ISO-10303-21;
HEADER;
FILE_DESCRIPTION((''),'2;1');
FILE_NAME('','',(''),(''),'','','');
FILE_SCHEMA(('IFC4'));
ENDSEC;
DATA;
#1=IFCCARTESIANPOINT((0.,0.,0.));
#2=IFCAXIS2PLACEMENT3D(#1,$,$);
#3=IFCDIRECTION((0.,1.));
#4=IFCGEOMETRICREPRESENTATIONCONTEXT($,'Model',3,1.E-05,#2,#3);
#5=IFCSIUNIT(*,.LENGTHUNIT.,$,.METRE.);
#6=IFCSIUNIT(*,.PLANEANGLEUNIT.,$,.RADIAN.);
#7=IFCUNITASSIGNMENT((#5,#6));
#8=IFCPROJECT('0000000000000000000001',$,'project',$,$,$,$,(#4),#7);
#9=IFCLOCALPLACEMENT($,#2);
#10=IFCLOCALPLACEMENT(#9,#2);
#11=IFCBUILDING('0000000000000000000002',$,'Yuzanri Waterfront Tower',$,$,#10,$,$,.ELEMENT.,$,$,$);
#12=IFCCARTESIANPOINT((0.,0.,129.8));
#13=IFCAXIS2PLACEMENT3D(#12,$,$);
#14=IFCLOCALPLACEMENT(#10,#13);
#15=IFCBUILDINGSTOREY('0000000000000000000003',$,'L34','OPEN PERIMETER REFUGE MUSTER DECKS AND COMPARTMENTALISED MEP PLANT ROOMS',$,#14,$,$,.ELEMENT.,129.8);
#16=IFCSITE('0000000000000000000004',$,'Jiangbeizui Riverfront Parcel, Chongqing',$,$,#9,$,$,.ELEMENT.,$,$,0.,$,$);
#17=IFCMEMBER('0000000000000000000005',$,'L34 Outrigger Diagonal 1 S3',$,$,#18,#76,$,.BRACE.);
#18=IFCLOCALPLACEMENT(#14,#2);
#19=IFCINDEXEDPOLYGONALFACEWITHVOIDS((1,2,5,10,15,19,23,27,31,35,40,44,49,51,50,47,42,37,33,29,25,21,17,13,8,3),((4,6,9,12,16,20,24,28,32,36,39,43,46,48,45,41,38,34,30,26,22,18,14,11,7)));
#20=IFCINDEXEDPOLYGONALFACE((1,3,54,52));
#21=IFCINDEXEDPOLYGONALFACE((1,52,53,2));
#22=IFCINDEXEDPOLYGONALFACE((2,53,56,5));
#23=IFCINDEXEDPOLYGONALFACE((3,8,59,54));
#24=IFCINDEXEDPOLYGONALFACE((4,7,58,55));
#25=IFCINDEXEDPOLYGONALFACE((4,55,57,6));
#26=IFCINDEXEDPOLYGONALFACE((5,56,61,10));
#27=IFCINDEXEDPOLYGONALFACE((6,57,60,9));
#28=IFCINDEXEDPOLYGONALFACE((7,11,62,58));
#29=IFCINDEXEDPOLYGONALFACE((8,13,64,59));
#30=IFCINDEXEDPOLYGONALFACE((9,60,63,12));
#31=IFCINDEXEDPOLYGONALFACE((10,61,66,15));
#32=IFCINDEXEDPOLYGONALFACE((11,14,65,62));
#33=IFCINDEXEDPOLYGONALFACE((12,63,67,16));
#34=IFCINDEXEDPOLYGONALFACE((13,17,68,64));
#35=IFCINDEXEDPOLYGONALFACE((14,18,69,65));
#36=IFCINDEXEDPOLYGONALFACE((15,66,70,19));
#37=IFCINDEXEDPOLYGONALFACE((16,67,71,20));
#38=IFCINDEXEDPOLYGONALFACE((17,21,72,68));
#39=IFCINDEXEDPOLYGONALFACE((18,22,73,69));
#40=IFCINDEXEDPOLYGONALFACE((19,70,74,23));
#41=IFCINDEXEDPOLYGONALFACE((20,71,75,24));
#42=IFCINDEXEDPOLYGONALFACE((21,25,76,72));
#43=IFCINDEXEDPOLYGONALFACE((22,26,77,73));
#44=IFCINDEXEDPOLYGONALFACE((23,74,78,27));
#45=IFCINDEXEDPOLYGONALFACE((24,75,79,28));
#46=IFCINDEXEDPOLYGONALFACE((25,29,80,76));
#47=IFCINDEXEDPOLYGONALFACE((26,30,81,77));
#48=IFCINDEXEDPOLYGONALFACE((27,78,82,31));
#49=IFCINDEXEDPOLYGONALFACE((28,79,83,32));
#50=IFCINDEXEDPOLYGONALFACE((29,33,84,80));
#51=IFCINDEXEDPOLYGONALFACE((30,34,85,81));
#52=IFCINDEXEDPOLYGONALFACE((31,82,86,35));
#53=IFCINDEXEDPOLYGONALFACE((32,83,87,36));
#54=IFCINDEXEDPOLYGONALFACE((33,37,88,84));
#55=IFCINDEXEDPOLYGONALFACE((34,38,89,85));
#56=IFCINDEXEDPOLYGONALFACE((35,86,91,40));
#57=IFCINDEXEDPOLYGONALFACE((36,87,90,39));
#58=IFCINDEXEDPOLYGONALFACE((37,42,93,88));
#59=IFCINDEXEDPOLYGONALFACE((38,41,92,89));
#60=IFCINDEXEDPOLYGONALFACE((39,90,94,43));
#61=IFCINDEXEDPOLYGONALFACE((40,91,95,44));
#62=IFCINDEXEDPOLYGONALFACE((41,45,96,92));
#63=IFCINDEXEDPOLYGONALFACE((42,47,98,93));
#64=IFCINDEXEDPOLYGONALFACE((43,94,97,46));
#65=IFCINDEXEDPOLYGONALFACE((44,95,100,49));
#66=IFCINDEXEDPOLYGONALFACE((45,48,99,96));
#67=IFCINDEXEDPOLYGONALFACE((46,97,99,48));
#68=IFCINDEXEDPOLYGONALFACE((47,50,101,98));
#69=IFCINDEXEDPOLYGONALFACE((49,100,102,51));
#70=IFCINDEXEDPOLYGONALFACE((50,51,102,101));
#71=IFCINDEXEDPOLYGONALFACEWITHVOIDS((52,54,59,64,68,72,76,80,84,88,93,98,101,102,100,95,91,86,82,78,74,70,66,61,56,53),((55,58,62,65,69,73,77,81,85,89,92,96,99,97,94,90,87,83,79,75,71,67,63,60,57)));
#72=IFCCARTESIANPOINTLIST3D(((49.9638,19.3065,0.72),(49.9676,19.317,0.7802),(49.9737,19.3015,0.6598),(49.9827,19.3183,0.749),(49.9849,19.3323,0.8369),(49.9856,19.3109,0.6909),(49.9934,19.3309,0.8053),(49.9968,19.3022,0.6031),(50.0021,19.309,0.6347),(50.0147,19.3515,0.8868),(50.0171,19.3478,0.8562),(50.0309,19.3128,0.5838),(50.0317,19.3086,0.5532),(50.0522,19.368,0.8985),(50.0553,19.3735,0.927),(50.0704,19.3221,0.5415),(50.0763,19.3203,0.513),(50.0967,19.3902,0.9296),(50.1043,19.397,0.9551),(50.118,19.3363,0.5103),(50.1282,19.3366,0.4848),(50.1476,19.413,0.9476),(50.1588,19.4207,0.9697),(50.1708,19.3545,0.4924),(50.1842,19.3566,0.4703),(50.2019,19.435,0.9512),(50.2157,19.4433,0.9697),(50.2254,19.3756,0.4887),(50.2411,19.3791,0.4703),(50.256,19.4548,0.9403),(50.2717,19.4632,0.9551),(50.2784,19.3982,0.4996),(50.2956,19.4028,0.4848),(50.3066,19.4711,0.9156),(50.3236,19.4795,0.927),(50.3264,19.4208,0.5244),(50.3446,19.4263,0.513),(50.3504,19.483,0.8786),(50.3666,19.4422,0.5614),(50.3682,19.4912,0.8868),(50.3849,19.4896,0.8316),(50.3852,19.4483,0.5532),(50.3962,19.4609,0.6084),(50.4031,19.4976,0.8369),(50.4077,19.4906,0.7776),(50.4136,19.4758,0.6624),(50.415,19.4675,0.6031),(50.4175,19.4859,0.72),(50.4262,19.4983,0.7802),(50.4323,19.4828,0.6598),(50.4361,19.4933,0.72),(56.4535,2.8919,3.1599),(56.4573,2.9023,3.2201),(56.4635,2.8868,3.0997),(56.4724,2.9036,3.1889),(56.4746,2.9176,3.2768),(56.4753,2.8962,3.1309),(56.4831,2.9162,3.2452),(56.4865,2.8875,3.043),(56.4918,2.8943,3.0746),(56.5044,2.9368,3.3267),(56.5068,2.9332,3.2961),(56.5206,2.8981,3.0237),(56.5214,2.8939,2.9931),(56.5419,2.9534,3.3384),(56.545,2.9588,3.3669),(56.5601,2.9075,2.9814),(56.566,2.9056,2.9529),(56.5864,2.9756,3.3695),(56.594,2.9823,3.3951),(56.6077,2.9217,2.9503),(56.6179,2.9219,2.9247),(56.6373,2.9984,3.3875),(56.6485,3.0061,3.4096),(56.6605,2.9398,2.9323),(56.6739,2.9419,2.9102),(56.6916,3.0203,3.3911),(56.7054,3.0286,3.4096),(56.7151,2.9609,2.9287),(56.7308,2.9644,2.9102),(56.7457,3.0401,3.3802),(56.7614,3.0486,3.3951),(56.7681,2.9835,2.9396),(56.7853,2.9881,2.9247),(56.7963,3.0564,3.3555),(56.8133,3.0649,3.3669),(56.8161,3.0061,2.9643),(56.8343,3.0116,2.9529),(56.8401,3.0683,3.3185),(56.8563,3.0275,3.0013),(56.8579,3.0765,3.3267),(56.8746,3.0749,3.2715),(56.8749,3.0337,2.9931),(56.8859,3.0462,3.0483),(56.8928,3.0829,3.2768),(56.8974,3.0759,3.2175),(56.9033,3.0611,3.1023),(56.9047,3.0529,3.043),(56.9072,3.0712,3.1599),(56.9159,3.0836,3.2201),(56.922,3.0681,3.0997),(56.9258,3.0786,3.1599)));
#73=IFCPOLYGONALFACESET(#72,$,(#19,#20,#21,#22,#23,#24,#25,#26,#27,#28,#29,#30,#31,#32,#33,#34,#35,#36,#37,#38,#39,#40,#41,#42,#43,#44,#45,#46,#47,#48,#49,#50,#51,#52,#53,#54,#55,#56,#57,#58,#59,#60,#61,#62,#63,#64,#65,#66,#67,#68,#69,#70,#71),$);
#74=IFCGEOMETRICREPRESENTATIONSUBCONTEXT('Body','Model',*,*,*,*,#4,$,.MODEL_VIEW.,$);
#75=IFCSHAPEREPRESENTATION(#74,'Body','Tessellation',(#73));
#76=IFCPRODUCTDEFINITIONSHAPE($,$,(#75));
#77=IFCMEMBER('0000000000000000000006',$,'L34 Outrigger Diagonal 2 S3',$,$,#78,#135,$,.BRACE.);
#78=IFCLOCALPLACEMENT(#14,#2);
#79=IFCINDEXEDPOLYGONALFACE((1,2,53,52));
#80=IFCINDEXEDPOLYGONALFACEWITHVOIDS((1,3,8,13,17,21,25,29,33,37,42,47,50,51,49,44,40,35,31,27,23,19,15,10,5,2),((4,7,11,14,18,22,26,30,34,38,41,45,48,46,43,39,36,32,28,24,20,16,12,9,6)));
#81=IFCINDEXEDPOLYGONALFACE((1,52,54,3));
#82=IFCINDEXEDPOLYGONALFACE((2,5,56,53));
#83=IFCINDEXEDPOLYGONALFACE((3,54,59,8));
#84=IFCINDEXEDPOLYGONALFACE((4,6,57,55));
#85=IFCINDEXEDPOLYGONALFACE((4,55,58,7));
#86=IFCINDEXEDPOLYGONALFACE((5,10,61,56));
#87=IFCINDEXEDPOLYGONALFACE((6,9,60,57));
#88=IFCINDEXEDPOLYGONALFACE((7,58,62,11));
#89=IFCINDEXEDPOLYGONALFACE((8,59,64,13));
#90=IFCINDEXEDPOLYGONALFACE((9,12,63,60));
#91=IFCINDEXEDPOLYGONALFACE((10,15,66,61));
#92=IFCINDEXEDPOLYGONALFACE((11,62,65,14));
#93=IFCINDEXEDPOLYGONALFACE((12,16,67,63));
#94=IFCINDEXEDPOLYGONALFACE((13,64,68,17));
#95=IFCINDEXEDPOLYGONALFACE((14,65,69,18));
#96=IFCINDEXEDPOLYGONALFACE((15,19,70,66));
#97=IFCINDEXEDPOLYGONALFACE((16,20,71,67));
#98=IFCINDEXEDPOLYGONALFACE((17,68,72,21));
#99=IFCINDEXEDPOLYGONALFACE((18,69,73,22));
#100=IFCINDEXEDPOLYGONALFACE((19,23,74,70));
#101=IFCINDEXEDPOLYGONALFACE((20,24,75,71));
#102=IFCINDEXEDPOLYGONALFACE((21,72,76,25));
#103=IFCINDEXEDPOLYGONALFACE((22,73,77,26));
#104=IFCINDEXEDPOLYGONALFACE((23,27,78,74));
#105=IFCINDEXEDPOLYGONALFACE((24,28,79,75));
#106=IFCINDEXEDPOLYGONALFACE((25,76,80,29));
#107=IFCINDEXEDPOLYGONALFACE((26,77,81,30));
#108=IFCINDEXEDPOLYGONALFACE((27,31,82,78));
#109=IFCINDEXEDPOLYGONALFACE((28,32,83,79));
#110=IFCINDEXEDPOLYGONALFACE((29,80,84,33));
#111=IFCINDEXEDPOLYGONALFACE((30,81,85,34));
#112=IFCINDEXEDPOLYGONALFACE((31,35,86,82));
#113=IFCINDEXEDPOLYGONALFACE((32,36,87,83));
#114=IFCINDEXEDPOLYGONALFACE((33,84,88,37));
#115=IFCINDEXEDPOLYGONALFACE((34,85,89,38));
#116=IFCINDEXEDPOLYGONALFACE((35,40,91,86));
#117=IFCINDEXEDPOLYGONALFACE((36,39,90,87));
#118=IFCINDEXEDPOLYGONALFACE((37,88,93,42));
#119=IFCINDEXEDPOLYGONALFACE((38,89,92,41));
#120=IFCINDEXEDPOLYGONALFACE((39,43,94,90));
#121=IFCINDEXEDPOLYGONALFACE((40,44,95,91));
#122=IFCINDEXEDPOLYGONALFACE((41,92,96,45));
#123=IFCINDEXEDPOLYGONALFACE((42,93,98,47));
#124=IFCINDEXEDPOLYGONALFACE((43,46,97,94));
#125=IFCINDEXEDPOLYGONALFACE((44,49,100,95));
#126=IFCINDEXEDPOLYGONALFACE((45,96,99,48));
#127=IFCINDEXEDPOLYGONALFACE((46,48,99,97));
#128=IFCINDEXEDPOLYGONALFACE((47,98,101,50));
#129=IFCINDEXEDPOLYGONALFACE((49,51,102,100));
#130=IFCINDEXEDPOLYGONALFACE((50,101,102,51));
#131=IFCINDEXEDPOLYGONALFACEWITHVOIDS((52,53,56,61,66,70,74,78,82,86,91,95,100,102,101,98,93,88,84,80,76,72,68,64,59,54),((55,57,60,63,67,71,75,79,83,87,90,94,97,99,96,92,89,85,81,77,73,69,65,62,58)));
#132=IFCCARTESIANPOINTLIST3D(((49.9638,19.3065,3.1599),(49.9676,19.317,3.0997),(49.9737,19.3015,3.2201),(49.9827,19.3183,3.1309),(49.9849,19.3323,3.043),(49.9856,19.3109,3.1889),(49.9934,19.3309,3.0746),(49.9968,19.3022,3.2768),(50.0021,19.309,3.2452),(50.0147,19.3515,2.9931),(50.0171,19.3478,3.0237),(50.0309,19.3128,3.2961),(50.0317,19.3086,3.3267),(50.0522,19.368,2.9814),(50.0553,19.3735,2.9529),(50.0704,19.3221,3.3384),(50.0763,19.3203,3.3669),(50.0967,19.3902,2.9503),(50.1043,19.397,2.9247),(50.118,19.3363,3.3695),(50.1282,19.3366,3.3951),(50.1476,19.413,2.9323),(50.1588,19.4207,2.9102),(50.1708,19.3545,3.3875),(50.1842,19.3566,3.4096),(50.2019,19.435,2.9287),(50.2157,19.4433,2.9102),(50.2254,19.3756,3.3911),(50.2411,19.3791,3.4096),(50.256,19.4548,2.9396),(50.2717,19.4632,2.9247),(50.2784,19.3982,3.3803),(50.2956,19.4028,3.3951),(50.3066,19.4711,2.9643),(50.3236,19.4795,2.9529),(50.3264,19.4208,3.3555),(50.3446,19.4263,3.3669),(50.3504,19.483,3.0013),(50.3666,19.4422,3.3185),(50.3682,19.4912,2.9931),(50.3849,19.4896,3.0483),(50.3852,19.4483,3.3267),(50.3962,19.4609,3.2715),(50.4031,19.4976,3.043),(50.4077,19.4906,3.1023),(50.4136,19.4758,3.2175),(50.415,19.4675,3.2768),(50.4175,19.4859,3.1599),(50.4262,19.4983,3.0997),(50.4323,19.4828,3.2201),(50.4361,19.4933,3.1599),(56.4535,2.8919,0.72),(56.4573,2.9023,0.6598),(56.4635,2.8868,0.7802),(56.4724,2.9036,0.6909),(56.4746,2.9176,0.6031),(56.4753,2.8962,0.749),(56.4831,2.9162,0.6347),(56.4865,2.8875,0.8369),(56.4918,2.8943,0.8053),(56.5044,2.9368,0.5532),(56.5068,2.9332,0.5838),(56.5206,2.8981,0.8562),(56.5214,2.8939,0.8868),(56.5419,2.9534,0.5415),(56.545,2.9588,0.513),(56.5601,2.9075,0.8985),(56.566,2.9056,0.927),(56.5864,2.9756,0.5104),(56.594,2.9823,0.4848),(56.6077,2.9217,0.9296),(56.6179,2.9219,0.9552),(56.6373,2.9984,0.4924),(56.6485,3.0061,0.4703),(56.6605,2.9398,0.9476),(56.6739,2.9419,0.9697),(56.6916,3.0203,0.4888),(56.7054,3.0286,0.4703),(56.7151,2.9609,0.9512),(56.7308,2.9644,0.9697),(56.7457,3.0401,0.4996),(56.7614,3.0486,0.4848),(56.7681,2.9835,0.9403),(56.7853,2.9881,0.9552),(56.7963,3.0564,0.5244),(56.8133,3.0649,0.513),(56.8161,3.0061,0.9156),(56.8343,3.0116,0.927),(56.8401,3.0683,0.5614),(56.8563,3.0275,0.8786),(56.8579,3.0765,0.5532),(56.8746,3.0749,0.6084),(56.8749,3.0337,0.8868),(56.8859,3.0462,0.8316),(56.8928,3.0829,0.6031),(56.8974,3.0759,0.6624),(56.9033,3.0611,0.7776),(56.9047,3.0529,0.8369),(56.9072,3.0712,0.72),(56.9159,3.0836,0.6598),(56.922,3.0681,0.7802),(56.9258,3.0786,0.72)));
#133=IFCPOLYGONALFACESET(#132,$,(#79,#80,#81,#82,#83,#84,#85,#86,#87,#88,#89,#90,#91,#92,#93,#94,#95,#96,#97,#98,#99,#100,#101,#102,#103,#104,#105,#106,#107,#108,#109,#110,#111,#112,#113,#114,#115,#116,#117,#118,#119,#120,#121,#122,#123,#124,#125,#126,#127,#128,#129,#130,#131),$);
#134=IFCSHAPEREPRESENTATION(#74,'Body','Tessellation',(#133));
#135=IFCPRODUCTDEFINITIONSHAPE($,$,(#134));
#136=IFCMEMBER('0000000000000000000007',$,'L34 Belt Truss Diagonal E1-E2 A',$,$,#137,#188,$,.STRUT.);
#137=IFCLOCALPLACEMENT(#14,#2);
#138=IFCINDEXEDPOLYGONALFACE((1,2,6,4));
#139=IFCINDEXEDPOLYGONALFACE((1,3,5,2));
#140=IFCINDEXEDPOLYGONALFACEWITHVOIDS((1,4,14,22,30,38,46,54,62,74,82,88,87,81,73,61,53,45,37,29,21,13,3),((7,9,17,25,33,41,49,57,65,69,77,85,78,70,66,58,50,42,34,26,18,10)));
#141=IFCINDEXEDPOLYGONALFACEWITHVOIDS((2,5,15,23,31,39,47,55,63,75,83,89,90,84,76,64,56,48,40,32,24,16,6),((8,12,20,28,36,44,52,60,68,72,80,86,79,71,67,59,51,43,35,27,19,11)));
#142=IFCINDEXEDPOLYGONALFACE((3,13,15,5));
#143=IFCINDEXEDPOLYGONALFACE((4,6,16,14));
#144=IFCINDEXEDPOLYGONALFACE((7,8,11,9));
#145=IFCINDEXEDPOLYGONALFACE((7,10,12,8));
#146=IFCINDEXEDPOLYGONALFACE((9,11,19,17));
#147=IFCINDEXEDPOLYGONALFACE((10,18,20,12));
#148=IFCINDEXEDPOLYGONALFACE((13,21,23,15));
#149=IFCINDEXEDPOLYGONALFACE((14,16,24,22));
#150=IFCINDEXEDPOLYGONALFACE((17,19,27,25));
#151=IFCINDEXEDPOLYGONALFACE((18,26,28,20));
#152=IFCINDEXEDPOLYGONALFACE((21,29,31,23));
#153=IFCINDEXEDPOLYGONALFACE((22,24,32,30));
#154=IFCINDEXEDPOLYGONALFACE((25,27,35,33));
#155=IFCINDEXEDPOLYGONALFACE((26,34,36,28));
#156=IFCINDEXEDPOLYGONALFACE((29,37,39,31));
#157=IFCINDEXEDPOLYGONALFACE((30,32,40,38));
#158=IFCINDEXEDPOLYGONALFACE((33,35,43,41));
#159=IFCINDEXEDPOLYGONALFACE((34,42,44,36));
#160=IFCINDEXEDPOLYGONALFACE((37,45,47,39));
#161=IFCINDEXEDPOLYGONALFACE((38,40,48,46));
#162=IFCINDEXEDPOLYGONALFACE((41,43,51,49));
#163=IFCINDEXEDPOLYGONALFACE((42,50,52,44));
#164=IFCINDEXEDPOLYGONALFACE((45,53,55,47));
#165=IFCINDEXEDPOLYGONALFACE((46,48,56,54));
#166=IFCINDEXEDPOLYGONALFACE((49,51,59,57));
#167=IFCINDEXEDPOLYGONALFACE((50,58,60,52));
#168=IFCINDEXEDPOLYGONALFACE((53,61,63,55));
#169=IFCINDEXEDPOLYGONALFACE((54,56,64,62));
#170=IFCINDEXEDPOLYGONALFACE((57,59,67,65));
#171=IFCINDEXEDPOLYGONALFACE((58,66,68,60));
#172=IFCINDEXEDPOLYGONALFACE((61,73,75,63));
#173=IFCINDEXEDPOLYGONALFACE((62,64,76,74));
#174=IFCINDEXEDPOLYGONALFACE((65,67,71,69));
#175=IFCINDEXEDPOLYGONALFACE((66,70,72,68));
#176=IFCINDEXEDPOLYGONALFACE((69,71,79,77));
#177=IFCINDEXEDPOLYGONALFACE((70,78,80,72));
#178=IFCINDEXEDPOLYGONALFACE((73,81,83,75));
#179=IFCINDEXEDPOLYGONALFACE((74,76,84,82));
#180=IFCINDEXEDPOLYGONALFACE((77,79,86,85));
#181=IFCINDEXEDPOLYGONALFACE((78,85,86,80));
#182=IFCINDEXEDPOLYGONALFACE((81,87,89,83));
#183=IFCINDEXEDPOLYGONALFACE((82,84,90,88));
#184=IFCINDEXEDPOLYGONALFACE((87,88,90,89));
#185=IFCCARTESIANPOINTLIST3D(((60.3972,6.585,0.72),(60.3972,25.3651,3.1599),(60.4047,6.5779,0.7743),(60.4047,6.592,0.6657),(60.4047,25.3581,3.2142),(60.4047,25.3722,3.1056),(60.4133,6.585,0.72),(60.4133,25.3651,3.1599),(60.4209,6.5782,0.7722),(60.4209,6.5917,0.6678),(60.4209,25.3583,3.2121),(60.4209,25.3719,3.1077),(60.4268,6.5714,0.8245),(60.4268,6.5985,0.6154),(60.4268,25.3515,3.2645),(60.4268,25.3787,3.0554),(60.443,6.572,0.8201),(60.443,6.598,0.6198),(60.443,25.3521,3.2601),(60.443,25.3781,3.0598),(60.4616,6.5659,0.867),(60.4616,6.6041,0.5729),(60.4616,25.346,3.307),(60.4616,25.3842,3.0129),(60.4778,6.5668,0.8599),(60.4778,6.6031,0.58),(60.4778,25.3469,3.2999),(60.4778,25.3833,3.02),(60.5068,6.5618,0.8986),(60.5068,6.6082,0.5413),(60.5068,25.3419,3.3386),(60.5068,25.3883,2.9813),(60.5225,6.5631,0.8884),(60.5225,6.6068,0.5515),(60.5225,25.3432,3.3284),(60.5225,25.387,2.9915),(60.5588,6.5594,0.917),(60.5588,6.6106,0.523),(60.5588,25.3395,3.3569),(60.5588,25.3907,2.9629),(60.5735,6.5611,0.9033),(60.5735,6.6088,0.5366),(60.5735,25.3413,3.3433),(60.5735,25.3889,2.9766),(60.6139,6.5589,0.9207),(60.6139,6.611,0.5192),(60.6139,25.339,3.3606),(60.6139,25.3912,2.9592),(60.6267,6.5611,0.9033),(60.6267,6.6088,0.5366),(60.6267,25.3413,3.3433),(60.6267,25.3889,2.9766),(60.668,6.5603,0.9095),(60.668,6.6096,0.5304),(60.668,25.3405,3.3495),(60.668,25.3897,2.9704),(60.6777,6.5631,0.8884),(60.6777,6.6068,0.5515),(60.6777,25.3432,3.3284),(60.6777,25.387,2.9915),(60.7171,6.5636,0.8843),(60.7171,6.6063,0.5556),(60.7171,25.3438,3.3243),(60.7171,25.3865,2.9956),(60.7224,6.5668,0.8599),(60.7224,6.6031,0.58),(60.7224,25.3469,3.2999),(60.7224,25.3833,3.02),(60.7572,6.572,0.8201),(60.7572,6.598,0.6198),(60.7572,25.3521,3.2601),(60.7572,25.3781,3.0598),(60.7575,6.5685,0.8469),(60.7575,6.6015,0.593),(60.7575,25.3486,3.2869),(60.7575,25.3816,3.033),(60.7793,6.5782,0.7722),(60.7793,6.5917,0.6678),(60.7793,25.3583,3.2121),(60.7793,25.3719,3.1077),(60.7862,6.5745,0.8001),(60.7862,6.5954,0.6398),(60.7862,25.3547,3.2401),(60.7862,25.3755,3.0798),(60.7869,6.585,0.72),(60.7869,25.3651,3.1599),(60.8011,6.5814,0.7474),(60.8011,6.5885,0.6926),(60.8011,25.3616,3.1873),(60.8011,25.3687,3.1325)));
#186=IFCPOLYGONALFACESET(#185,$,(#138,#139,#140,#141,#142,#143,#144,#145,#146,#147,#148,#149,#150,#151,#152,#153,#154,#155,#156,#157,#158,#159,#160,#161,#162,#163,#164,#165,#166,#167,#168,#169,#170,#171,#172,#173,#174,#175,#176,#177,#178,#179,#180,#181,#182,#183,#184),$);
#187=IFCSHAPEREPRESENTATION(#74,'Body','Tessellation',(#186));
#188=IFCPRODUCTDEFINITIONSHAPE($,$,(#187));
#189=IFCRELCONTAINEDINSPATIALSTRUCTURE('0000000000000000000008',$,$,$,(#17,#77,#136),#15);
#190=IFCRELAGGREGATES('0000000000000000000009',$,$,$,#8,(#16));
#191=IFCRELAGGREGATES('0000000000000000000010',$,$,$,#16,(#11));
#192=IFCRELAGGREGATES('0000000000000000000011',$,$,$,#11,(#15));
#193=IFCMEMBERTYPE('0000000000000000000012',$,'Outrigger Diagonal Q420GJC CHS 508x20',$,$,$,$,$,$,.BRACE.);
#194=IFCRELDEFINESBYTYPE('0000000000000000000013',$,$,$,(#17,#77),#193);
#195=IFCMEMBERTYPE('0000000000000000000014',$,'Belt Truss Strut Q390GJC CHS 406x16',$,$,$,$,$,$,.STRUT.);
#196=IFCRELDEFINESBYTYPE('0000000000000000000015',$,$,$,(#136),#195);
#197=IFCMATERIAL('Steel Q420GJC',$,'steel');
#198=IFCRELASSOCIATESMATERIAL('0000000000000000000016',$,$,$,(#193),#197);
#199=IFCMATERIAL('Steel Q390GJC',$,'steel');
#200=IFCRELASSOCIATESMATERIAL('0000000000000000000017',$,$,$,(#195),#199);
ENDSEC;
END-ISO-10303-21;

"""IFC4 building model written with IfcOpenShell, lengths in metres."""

from ifc_helpers import new_model, si_unit, direction, frame, origin, origin_2d, place, context, subcontext, project, spatial, hollow_circle, extrude, source, transform, mapped, material, material_profile, profile_set, type_object, element, save


model = new_model("IFC4")

# Units and contexts
model_context = context("Model", 3, precision=1e-05, world=origin(), true_north=direction((0.0, 1.0)))
body_context = subcontext(model_context, "Body", "Model", "MODEL_VIEW")
ifc_project = project(units=[si_unit("LENGTHUNIT", "METRE"), si_unit("PLANEANGLEUNIT", "RADIAN")], contexts=[model_context])

# Site, building, storey
site_placement = place(None, origin())
site = spatial("IfcSite", under=ifc_project, at=site_placement, Name="Jiangbeizui Riverfront Parcel, Chongqing", CompositionType="ELEMENT", RefElevation=0.0)
building_placement = place(site_placement, origin())
building = spatial("IfcBuilding", under=site, at=building_placement, Name="Yuzanri Waterfront Tower", CompositionType="ELEMENT")
storey_placement = place(building_placement, frame((0.0, 0.0, 129.8)))
storey = spatial("IfcBuildingStorey", under=building, at=storey_placement, Name="L34", Description="OPEN PERIMETER REFUGE MUSTER DECKS AND COMPARTMENTALISED MEP PLANT ROOMS", CompositionType="ELEMENT", Elevation=129.8)

# Members
ifc_material_1 = material(Name="Steel Q420GJC", Category="steel")
ifc_material_profile_1 = material_profile(ifc_material_1, hollow_circle(Radius=0.2539, WallThickness=0.02, at=origin_2d()), Name="CHS 508x20")
ifc_profile_set_1 = profile_set([ifc_material_profile_1], Name="Steel Q420GJC")
member_type_1 = type_object("IfcMemberType", Name="Outrigger Diagonal Q420GJC CHS 508x20", PredefinedType="BRACE", material=ifc_profile_set_1)
shared_shape_1 = source(origin(), body_context, "Body", "SweptSolid", [
    extrude(hollow_circle(Radius=0.2539, WallThickness=0.02, at=origin_2d()), origin(), (0.0, 0.0, 1.0), 17.8188),
])
for number, where, z_axis, x_axis, name in (
    (1, (50.2, 19.3999, 0.72), (0.364204, -0.921198, 0.136929), (0.929957, 0.367668, 0.0), "L34 Outrigger Diagonal 1 S3"),
    (2, (50.2, 19.3999, 3.1599), (0.364204, -0.921198, -0.136929), (0.929957, 0.367668, 0.0), "L34 Outrigger Diagonal 2 S3"),
):
    element("IfcMember", number, at=place(storey_placement, frame(where, z_axis=z_axis, x_axis=x_axis)), inside=storey, type_object=member_type_1, Name=name, PredefinedType="BRACE", context=body_context, shape_type="MappedRepresentation", body=[
        mapped(shared_shape_1, transform((0.0, 0.0, 0.0), scale=1.0)),
    ])
ifc_material_2 = material(Name="Steel Q390GJC", Category="steel")
ifc_material_profile_2 = material_profile(ifc_material_2, hollow_circle(Radius=0.2029, WallThickness=0.0161, at=origin_2d()), Name="CHS 406x16")
ifc_profile_set_2 = profile_set([ifc_material_profile_2], Name="Steel Q390GJC")
member_type_2 = type_object("IfcMemberType", Name="Belt Truss Strut Q390GJC CHS 406x16", PredefinedType="STRUT", material=ifc_profile_set_2)
shared_shape_2 = source(origin(), body_context, "Body", "SweptSolid", [
    extrude(hollow_circle(Radius=0.2029, WallThickness=0.0161, at=origin_2d()), origin(), (0.0, 0.0, 1.0), 18.938),
])
for number, where, z_axis, x_axis, name in (
    (3, (60.6001, 6.585, 0.72), (0.0, 0.991665, 0.128839), (-1.0, 0.0, 0.0), "L34 Belt Truss Diagonal E1-E2 A"),
):
    element("IfcMember", number, at=place(storey_placement, frame(where, z_axis=z_axis, x_axis=x_axis)), inside=storey, type_object=member_type_2, Name=name, PredefinedType="STRUT", context=body_context, shape_type="MappedRepresentation", body=[
        mapped(shared_shape_2, transform((0.0, 0.0, 0.0), scale=1.0)),
    ])

save(model, "model.ifc")
